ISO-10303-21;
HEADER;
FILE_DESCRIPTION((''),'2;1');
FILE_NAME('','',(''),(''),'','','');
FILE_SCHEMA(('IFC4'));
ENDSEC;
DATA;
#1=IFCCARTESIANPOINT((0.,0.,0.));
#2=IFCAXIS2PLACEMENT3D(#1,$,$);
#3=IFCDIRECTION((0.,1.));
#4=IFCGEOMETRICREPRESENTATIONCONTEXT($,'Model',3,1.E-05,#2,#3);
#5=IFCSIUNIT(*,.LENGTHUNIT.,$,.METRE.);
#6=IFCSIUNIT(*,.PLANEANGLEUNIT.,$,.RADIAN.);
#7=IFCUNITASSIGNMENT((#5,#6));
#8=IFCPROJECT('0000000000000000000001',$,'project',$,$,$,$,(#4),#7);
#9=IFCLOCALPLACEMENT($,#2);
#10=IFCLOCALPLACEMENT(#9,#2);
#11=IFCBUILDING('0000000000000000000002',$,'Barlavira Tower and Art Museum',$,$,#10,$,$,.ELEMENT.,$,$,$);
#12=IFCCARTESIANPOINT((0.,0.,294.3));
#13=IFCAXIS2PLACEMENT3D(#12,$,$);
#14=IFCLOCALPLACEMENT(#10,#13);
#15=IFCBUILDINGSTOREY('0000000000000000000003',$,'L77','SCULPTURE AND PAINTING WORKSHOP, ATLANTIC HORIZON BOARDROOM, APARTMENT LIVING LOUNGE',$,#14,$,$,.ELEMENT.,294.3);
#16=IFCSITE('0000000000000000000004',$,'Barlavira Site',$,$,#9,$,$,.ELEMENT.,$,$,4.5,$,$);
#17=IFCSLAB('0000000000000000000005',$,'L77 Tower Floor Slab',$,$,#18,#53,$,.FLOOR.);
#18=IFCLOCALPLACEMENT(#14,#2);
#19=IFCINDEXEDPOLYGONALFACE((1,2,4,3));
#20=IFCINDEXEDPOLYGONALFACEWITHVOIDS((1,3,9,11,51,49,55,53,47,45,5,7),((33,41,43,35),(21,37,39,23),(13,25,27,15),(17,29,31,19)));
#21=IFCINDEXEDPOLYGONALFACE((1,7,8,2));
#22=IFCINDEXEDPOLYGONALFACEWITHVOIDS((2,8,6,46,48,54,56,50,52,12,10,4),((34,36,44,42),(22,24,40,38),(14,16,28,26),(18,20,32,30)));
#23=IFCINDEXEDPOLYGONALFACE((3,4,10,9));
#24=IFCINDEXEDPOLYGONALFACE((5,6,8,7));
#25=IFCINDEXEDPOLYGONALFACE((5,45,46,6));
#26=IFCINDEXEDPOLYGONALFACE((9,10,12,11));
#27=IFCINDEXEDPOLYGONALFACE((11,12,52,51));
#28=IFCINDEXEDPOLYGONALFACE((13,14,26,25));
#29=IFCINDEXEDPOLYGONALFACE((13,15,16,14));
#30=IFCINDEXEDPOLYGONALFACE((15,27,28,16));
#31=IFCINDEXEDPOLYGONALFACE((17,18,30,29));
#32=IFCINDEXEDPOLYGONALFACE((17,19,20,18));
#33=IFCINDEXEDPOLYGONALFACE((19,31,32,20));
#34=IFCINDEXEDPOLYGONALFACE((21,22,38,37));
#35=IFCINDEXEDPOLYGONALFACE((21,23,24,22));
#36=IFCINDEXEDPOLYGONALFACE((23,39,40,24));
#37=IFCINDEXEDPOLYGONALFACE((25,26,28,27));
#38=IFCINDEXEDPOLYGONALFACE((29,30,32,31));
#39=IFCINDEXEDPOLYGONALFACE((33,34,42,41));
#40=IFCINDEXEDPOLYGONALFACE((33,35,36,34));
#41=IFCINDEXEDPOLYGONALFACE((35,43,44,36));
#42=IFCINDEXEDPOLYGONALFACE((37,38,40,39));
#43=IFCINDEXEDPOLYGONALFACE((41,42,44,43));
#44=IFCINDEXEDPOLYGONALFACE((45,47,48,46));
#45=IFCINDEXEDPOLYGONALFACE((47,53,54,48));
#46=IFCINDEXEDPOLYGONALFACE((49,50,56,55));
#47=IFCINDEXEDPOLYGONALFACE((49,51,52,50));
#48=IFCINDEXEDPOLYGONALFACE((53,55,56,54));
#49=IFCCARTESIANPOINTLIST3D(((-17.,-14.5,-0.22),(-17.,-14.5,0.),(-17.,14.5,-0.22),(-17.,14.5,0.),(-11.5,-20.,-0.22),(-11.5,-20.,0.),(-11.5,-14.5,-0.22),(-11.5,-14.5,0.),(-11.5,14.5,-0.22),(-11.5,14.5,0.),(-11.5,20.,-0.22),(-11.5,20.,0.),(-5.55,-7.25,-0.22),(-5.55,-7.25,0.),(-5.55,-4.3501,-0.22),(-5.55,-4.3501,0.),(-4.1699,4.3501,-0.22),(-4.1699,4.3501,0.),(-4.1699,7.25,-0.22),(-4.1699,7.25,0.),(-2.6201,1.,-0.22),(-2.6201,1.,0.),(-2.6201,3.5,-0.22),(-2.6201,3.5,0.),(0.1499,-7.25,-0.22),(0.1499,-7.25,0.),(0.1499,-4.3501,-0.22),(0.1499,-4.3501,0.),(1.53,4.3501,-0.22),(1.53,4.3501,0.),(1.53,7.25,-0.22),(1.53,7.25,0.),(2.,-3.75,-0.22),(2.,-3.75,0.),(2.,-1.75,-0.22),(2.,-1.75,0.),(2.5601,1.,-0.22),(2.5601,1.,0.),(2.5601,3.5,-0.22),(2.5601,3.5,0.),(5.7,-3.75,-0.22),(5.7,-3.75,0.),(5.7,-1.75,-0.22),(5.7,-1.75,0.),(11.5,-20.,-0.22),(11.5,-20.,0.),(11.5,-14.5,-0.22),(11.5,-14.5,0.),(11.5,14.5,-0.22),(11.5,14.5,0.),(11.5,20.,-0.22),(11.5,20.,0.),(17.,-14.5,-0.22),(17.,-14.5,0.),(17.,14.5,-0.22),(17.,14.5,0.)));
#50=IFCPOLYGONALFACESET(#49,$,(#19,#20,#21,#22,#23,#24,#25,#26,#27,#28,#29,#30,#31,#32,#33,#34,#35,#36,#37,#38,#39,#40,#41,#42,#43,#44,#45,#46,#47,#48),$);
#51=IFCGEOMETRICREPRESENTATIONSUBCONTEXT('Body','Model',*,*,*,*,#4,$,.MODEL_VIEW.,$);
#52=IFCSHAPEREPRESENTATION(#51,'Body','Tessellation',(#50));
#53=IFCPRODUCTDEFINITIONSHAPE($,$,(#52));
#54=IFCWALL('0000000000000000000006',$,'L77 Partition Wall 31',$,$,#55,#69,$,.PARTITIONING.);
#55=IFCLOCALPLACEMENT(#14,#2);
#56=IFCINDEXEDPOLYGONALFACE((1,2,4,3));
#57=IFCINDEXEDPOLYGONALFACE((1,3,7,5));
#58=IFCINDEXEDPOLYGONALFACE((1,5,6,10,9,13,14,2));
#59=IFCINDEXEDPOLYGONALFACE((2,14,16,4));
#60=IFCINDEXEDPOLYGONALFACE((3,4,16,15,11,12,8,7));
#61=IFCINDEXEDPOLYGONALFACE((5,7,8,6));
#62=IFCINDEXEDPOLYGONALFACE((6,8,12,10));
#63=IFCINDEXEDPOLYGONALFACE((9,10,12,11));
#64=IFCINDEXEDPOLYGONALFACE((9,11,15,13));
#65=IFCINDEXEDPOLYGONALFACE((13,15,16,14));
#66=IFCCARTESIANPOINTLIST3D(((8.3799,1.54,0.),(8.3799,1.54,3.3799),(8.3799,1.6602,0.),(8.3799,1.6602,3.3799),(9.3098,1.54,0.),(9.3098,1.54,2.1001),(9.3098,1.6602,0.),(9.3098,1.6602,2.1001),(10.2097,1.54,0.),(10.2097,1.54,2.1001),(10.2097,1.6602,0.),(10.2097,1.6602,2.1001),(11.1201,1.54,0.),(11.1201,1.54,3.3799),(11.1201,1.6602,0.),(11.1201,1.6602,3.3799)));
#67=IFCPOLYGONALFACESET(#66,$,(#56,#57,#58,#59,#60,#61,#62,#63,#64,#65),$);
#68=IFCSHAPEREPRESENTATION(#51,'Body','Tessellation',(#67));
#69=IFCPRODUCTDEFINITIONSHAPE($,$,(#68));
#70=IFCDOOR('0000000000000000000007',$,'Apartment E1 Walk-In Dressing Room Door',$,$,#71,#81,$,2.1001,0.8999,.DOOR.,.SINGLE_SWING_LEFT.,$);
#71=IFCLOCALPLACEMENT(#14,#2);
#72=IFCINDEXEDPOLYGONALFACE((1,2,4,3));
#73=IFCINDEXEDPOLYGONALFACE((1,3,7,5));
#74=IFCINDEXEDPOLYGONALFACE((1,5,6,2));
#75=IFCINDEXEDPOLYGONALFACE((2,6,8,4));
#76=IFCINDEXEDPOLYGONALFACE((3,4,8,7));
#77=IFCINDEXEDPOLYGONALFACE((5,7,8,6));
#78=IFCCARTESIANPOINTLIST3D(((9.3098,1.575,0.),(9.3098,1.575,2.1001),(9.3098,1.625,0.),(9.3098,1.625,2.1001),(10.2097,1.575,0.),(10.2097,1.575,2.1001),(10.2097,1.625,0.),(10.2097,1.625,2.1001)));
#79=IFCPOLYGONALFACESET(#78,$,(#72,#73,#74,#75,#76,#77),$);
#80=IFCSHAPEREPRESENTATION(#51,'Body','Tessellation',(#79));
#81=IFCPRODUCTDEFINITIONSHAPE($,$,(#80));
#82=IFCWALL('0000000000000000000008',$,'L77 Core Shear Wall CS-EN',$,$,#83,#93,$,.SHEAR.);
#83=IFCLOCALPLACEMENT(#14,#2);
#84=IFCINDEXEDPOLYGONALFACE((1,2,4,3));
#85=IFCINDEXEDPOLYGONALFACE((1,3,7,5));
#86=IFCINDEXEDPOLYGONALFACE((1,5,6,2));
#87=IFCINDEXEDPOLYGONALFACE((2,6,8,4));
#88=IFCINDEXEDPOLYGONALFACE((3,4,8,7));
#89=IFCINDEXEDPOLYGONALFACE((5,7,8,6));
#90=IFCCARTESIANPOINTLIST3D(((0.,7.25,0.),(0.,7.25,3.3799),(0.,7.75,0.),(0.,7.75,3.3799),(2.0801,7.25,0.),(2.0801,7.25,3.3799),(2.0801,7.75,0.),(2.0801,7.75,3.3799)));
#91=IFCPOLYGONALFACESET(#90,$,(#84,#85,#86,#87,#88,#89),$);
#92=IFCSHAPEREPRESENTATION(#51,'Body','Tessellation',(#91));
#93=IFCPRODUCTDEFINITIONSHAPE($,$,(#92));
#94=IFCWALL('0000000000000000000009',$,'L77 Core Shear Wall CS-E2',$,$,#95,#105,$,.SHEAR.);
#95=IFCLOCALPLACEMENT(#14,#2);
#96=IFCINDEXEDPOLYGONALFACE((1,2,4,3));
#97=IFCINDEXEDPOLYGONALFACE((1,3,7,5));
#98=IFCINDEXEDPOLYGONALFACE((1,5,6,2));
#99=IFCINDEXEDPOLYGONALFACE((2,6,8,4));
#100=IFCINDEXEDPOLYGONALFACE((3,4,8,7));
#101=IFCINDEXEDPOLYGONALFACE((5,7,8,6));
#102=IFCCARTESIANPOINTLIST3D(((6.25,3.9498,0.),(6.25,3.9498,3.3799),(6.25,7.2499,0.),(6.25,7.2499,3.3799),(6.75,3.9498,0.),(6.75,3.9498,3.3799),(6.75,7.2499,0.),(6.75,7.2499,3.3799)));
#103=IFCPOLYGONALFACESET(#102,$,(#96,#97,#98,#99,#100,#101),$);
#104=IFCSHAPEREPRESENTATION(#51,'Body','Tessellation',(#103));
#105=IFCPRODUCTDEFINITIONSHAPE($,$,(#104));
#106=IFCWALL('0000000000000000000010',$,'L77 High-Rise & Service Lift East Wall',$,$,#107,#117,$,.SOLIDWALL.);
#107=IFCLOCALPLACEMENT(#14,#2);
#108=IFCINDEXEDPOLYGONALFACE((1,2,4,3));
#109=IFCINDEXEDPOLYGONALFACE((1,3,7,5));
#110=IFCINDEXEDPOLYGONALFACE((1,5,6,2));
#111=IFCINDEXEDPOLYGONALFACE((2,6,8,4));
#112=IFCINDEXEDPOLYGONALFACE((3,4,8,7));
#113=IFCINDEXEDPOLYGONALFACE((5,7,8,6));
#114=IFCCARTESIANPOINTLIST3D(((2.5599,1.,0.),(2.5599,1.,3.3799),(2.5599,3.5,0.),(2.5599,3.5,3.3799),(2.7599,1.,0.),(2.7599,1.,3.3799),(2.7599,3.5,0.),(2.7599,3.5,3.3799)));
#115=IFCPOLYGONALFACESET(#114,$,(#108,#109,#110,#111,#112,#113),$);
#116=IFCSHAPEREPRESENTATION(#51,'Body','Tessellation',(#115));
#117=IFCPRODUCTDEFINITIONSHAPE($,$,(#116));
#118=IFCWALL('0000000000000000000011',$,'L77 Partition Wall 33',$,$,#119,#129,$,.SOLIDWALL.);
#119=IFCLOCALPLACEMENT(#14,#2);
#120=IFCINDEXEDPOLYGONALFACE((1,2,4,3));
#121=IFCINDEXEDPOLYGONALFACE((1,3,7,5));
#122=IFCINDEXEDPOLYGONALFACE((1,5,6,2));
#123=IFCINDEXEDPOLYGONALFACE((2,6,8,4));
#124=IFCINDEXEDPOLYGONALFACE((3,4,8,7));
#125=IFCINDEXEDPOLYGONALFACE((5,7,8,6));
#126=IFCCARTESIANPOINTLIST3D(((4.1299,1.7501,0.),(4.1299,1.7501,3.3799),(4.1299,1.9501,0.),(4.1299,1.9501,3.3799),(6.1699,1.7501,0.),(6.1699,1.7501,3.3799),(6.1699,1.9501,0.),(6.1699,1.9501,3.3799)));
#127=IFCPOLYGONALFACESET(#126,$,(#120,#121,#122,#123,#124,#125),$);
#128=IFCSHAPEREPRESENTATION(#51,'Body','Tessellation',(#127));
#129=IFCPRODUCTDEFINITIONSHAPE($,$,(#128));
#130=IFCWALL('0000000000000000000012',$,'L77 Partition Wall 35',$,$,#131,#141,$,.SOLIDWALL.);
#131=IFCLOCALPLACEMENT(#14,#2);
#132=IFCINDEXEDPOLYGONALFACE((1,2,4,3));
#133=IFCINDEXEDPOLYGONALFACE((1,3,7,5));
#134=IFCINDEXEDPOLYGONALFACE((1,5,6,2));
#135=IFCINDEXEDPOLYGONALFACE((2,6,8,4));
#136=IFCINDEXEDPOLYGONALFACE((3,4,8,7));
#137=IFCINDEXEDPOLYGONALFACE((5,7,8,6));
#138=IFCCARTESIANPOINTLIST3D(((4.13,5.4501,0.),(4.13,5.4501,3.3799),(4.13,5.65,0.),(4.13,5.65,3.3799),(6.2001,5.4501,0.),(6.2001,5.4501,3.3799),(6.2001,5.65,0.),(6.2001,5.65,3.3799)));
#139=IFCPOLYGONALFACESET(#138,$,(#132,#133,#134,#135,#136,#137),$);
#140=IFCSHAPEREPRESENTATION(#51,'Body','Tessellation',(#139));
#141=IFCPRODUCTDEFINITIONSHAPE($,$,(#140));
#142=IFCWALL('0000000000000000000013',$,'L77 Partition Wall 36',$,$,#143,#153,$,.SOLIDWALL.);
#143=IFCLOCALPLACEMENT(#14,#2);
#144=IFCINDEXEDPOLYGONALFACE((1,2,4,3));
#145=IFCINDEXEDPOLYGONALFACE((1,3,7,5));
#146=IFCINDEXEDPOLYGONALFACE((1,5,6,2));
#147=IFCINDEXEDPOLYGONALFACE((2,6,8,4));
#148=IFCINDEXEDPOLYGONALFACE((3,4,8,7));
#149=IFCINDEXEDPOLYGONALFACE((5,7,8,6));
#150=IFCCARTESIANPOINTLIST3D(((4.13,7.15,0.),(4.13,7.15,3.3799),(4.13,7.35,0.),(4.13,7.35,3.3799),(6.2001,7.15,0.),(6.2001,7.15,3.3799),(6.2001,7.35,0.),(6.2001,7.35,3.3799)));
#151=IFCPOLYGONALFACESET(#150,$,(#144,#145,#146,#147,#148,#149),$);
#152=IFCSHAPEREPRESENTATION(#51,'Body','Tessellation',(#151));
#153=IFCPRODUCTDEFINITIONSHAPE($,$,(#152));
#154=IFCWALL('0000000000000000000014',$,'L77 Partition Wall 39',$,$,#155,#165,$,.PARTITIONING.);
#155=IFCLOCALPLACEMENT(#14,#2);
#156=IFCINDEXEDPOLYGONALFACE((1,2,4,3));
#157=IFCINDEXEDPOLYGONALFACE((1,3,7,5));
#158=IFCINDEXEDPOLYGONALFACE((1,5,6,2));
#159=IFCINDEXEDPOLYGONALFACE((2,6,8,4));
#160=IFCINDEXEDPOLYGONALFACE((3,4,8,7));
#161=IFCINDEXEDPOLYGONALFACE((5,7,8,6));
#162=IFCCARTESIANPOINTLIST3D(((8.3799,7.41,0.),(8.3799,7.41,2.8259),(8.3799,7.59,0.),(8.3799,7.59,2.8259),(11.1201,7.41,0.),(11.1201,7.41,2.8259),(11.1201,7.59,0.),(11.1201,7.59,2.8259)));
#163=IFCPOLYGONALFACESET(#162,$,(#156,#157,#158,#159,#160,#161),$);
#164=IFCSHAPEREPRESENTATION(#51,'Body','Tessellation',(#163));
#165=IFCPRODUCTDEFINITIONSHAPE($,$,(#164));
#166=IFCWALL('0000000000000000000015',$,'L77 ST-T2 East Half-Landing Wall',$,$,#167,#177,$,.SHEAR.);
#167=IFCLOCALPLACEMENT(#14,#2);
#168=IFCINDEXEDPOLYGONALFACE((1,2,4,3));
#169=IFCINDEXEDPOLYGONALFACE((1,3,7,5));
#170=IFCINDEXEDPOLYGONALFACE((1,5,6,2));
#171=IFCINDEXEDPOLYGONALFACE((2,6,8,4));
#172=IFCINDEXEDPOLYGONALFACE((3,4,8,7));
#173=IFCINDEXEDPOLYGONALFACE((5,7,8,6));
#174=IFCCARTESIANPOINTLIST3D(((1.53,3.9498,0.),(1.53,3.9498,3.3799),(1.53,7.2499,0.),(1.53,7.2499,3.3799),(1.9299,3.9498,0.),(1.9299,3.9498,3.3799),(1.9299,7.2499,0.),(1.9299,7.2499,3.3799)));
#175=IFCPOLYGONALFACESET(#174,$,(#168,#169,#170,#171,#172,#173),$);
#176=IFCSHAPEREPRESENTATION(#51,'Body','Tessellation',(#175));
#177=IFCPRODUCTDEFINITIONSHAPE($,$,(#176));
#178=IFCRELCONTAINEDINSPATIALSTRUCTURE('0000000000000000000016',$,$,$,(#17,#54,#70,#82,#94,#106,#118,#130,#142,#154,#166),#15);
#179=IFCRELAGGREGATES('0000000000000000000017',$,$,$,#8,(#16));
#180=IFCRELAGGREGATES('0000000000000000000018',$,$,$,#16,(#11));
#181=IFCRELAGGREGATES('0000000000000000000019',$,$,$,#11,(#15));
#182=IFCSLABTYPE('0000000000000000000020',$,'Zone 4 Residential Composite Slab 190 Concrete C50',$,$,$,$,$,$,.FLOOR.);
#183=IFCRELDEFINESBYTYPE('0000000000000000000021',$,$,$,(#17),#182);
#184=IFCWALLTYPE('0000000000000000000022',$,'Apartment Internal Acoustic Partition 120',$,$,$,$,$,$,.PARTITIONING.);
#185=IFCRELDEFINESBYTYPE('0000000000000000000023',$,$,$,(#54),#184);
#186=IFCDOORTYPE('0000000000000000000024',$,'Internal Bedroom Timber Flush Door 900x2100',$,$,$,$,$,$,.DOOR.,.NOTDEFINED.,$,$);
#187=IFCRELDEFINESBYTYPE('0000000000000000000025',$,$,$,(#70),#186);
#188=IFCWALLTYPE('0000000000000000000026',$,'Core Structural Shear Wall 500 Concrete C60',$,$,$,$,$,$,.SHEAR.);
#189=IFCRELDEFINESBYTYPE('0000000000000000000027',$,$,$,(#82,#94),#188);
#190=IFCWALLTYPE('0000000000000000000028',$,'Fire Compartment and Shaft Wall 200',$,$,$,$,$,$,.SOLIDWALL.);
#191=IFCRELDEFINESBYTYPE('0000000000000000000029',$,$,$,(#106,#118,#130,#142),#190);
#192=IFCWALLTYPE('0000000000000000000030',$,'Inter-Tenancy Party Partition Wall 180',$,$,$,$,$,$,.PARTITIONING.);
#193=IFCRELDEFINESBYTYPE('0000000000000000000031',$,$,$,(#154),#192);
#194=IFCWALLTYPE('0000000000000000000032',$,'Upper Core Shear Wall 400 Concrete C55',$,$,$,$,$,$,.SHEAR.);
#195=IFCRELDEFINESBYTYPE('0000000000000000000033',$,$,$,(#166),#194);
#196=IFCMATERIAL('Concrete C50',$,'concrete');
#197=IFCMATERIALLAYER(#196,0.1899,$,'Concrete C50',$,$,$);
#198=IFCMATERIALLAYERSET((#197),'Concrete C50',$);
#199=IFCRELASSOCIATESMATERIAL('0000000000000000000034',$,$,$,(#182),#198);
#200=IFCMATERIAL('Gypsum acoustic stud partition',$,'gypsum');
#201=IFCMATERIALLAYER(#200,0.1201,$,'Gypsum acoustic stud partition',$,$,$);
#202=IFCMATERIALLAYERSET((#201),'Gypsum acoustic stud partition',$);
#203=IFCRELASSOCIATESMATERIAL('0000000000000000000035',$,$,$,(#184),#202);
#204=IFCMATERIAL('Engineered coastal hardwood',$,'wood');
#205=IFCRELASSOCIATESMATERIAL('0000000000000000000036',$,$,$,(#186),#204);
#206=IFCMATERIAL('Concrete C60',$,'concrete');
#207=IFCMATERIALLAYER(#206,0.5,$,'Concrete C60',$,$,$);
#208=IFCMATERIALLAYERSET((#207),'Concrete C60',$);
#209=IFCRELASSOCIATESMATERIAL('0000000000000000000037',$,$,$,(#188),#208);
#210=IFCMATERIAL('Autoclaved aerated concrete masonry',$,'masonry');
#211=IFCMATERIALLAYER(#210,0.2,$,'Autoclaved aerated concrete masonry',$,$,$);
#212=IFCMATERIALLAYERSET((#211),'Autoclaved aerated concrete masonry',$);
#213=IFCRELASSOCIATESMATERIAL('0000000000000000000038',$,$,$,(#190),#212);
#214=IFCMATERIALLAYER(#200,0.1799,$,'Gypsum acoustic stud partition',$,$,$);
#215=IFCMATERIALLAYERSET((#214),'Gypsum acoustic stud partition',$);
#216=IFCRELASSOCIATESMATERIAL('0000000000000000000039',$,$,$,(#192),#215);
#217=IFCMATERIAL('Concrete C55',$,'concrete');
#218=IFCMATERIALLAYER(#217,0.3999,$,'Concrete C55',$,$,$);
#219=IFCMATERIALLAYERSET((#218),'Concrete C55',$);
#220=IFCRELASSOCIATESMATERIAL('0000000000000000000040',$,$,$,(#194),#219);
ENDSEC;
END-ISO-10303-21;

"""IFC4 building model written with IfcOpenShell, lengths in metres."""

from ifc_helpers import new_model, si_unit, direction, frame, frame_2d, origin, place, context, subcontext, project, spatial, polyline, rectangle, outline, extrude, material, layer, layer_set, type_object, element, fill, save


model = new_model("IFC4")

# Units and contexts
model_context = context("Model", 3, precision=1e-05, world=origin(), true_north=direction((0.0, 1.0)))
body_context = subcontext(model_context, "Body", "Model", "MODEL_VIEW")
ifc_project = project(units=[si_unit("LENGTHUNIT", "METRE"), si_unit("PLANEANGLEUNIT", "RADIAN")], contexts=[model_context])

# Site, building, storey
site_placement = place(None, origin())
site = spatial("IfcSite", under=ifc_project, at=site_placement, Name="Barlavira Site", CompositionType="ELEMENT", RefElevation=4.5)
building_placement = place(site_placement, origin())
building = spatial("IfcBuilding", under=site, at=building_placement, Name="Barlavira Tower and Art Museum", CompositionType="ELEMENT")
storey_placement = place(building_placement, frame((0.0, 0.0, 294.3)))
storey = spatial("IfcBuildingStorey", under=building, at=storey_placement, Name="L77", Description="SCULPTURE AND PAINTING WORKSHOP, ATLANTIC HORIZON BOARDROOM, APARTMENT LIVING LOUNGE", CompositionType="ELEMENT", Elevation=294.3)

# Slab
ifc_material_1 = material(Name="Concrete C50", Category="concrete")
ifc_layer_1 = layer(ifc_material_1, 0.1899, Name="Concrete C50")
ifc_layer_set_1 = layer_set([ifc_layer_1], Name="Concrete C50")
slab_type_1 = type_object("IfcSlabType", Name="Zone 4 Residential Composite Slab 190 Concrete C50", PredefinedType="FLOOR", material=ifc_layer_set_1)
slab_1_placement = place(storey_placement, frame((0.0, 0.0, -0.22)))
element("IfcSlab", 1, at=slab_1_placement, inside=storey, type_object=slab_type_1, Name="L77 Tower Floor Slab", PredefinedType="FLOOR", context=body_context, shape_type="SweptSolid", body=[
    extrude(outline(polyline([(-11.5, -20.0), (11.5, -20.0), (11.5, -14.5), (17.0, -14.5), (17.0, 14.5), (11.5, 14.5), (11.5, 20.0), (-11.5, 20.0), (-11.5, 14.5), (-17.0, 14.5), (-17.0, -14.5), (-11.5, -14.5), (-11.5, -20.0)]), holes=[polyline([(0.1499, -4.3501), (-5.55, -4.3501), (-5.55, -7.25), (0.1499, -7.25), (0.1499, -4.3501)]), polyline([(-4.1699, 4.3501), (1.53, 4.3501), (1.53, 7.25), (-4.1699, 7.25), (-4.1699, 4.3501)]), polyline([(-2.6201, 1.0), (2.5601, 1.0), (2.5601, 3.5), (-2.6201, 3.5), (-2.6201, 1.0)]), polyline([(2.0, -3.75), (5.7, -3.75), (5.7, -1.75), (2.0, -1.75), (2.0, -3.75)])]), origin(), (0.0, 0.0, 1.0), 0.22),
])

# Wall, opening, door
ifc_material_2 = material(Name="Gypsum acoustic stud partition", Category="gypsum")
ifc_layer_2 = layer(ifc_material_2, 0.1201, Name="Gypsum acoustic stud partition")
ifc_layer_set_2 = layer_set([ifc_layer_2], Name="Gypsum acoustic stud partition")
wall_type_1 = type_object("IfcWallType", Name="Apartment Internal Acoustic Partition 120", PredefinedType="PARTITIONING", material=ifc_layer_set_2)
wall_1_placement = place(storey_placement, frame((8.3799, 1.6001, 0.0), z_axis=(0.0, 0.0, 1.0), x_axis=(1.0, 0.0, 0.0)))
wall_1 = element("IfcWall", 2, at=wall_1_placement, inside=storey, type_object=wall_type_1, Name="L77 Partition Wall 31", PredefinedType="PARTITIONING", context=body_context, shape_type="SweptSolid", body=[
    extrude(rectangle(XDim=2.7402, YDim=0.1201, at=frame_2d((1.3701, 0.0))), origin(), (0.0, 0.0, 1.0), 3.3799),
])
opening_1_placement = place(wall_1_placement, frame((0.9299, 0.0, 0.0)))
opening_1 = element("IfcOpeningElement", 3, at=opening_1_placement, cuts=wall_1, PredefinedType="OPENING", context=body_context, shape_type="SweptSolid", body=[
    extrude(rectangle(XDim=0.8999, YDim=2.1001, at=frame_2d((0.45, 1.05))), frame((0.0, 0.0701, 0.0), z_axis=(0.0, -1.0, 0.0), x_axis=(1.0, 0.0, 0.0)), (0.0, 0.0, 1.0), 0.1401),
])
ifc_material_3 = material(Name="Engineered coastal hardwood", Category="wood")
door_type_1 = type_object("IfcDoorType", Name="Internal Bedroom Timber Flush Door 900x2100", OperationType="NOTDEFINED", PredefinedType="DOOR", material=ifc_material_3)
door_1_placement = place(opening_1_placement, origin())
door_1 = element("IfcDoor", 4, at=door_1_placement, inside=storey, type_object=door_type_1, Name="Apartment E1 Walk-In Dressing Room Door", OperationType="SINGLE_SWING_LEFT", OverallHeight=2.1001, OverallWidth=0.8999, PredefinedType="DOOR", context=body_context, shape_type="SweptSolid", body=[
    extrude(rectangle(XDim=0.8999, YDim=2.1001, at=frame_2d((0.45, 1.05))), frame((0.0, 0.0249, 0.0), z_axis=(0.0, -1.0, 0.0), x_axis=(1.0, 0.0, 0.0)), (0.0, 0.0, 1.0), 0.05),
])
fill(opening_1, door_1)

# Walls
ifc_material_4 = material(Name="Concrete C60", Category="concrete")
ifc_layer_3 = layer(ifc_material_4, 0.5, Name="Concrete C60")
ifc_layer_set_3 = layer_set([ifc_layer_3], Name="Concrete C60")
wall_type_2 = type_object("IfcWallType", Name="Core Structural Shear Wall 500 Concrete C60", PredefinedType="SHEAR", material=ifc_layer_set_3)
wall_2_placement = place(storey_placement, frame((0.0, 7.5, 0.0), z_axis=(0.0, 0.0, 1.0), x_axis=(1.0, 0.0, 0.0)))
element("IfcWall", 5, at=wall_2_placement, inside=storey, type_object=wall_type_2, Name="L77 Core Shear Wall CS-EN", PredefinedType="SHEAR", context=body_context, shape_type="SweptSolid", body=[
    extrude(rectangle(XDim=2.0801, YDim=0.5, at=frame_2d((1.04, 0.0))), origin(), (0.0, 0.0, 1.0), 3.3799),
])
wall_3_placement = place(storey_placement, frame((6.5, 3.95, 0.0), z_axis=(0.0, 0.0, 1.0), x_axis=(0.0, 1.0, 0.0)))
element("IfcWall", 6, at=wall_3_placement, inside=storey, type_object=wall_type_2, Name="L77 Core Shear Wall CS-E2", PredefinedType="SHEAR", context=body_context, shape_type="SweptSolid", body=[
    extrude(rectangle(XDim=3.3, YDim=0.5, at=frame_2d((1.6499, 0.0))), origin(), (0.0, 0.0, 1.0), 3.3799),
])
ifc_material_5 = material(Name="Autoclaved aerated concrete masonry", Category="masonry")
ifc_layer_4 = layer(ifc_material_5, 0.2, Name="Autoclaved aerated concrete masonry")
ifc_layer_set_4 = layer_set([ifc_layer_4], Name="Autoclaved aerated concrete masonry")
wall_type_3 = type_object("IfcWallType", Name="Fire Compartment and Shaft Wall 200", PredefinedType="SOLIDWALL", material=ifc_layer_set_4)
wall_4_placement = place(storey_placement, frame((2.6599, 1.0, 0.0), z_axis=(0.0, 0.0, 1.0), x_axis=(0.0, 1.0, 0.0)))
element("IfcWall", 7, at=wall_4_placement, inside=storey, type_object=wall_type_3, Name="L77 High-Rise & Service Lift East Wall", PredefinedType="SOLIDWALL", context=body_context, shape_type="SweptSolid", body=[
    extrude(rectangle(XDim=2.5, YDim=0.2, at=frame_2d((1.25, 0.0))), origin(), (0.0, 0.0, 1.0), 3.3799),
])

# Walls
wall_5_placement = place(storey_placement, frame((4.1299, 1.8501, 0.0), z_axis=(0.0, 0.0, 1.0), x_axis=(1.0, 0.0, 0.0)))
element("IfcWall", 8, at=wall_5_placement, inside=storey, type_object=wall_type_3, Name="L77 Partition Wall 33", PredefinedType="SOLIDWALL", context=body_context, shape_type="SweptSolid", body=[
    extrude(rectangle(XDim=2.04, YDim=0.2, at=frame_2d((1.02, 0.0))), origin(), (0.0, 0.0, 1.0), 3.3799),
])
for number, where, z_axis, x_axis, name in (
    (9, (4.1299, 5.55, 0.0), (0.0, 0.0, 1.0), (1.0, 0.0, 0.0), "L77 Partition Wall 35"),
    (10, (4.1299, 7.25, 0.0), (0.0, 0.0, 1.0), (1.0, 0.0, 0.0), "L77 Partition Wall 36"),
):
    element("IfcWall", number, at=place(storey_placement, frame(where, z_axis=z_axis, x_axis=x_axis)), inside=storey, type_object=wall_type_3, Name=name, PredefinedType="SOLIDWALL", context=body_context, shape_type="SweptSolid", body=[
        extrude(rectangle(XDim=2.0701, YDim=0.2, at=frame_2d((1.0352, 0.0))), origin(), (0.0, 0.0, 1.0), 3.3799),
    ])
ifc_layer_5 = layer(ifc_material_2, 0.1799, Name="Gypsum acoustic stud partition")
ifc_layer_set_5 = layer_set([ifc_layer_5], Name="Gypsum acoustic stud partition")
wall_type_4 = type_object("IfcWallType", Name="Inter-Tenancy Party Partition Wall 180", PredefinedType="PARTITIONING", material=ifc_layer_set_5)
wall_6_placement = place(storey_placement, frame((8.3799, 7.5, 0.0), z_axis=(0.0, 0.0, 1.0), x_axis=(1.0, 0.0, 0.0)))
element("IfcWall", 11, at=wall_6_placement, inside=storey, type_object=wall_type_4, Name="L77 Partition Wall 39", PredefinedType="PARTITIONING", context=body_context, shape_type="SweptSolid", body=[
    extrude(rectangle(XDim=2.7402, YDim=0.1799, at=frame_2d((1.3701, 0.0))), origin(), (0.0, 0.0, 1.0), 2.8259),
])
ifc_material_6 = material(Name="Concrete C55", Category="concrete")
ifc_layer_6 = layer(ifc_material_6, 0.3999, Name="Concrete C55")
ifc_layer_set_6 = layer_set([ifc_layer_6], Name="Concrete C55")
wall_type_5 = type_object("IfcWallType", Name="Upper Core Shear Wall 400 Concrete C55", PredefinedType="SHEAR", material=ifc_layer_set_6)
wall_7_placement = place(storey_placement, frame((1.73, 3.95, 0.0), z_axis=(0.0, 0.0, 1.0), x_axis=(0.0, 1.0, 0.0)))
element("IfcWall", 12, at=wall_7_placement, inside=storey, type_object=wall_type_5, Name="L77 ST-T2 East Half-Landing Wall", PredefinedType="SHEAR", context=body_context, shape_type="SweptSolid", body=[
    extrude(rectangle(XDim=3.3, YDim=0.3999, at=frame_2d((1.6499, 0.0))), origin(), (0.0, 0.0, 1.0), 3.3799),
])

save(model, "model.ifc")
